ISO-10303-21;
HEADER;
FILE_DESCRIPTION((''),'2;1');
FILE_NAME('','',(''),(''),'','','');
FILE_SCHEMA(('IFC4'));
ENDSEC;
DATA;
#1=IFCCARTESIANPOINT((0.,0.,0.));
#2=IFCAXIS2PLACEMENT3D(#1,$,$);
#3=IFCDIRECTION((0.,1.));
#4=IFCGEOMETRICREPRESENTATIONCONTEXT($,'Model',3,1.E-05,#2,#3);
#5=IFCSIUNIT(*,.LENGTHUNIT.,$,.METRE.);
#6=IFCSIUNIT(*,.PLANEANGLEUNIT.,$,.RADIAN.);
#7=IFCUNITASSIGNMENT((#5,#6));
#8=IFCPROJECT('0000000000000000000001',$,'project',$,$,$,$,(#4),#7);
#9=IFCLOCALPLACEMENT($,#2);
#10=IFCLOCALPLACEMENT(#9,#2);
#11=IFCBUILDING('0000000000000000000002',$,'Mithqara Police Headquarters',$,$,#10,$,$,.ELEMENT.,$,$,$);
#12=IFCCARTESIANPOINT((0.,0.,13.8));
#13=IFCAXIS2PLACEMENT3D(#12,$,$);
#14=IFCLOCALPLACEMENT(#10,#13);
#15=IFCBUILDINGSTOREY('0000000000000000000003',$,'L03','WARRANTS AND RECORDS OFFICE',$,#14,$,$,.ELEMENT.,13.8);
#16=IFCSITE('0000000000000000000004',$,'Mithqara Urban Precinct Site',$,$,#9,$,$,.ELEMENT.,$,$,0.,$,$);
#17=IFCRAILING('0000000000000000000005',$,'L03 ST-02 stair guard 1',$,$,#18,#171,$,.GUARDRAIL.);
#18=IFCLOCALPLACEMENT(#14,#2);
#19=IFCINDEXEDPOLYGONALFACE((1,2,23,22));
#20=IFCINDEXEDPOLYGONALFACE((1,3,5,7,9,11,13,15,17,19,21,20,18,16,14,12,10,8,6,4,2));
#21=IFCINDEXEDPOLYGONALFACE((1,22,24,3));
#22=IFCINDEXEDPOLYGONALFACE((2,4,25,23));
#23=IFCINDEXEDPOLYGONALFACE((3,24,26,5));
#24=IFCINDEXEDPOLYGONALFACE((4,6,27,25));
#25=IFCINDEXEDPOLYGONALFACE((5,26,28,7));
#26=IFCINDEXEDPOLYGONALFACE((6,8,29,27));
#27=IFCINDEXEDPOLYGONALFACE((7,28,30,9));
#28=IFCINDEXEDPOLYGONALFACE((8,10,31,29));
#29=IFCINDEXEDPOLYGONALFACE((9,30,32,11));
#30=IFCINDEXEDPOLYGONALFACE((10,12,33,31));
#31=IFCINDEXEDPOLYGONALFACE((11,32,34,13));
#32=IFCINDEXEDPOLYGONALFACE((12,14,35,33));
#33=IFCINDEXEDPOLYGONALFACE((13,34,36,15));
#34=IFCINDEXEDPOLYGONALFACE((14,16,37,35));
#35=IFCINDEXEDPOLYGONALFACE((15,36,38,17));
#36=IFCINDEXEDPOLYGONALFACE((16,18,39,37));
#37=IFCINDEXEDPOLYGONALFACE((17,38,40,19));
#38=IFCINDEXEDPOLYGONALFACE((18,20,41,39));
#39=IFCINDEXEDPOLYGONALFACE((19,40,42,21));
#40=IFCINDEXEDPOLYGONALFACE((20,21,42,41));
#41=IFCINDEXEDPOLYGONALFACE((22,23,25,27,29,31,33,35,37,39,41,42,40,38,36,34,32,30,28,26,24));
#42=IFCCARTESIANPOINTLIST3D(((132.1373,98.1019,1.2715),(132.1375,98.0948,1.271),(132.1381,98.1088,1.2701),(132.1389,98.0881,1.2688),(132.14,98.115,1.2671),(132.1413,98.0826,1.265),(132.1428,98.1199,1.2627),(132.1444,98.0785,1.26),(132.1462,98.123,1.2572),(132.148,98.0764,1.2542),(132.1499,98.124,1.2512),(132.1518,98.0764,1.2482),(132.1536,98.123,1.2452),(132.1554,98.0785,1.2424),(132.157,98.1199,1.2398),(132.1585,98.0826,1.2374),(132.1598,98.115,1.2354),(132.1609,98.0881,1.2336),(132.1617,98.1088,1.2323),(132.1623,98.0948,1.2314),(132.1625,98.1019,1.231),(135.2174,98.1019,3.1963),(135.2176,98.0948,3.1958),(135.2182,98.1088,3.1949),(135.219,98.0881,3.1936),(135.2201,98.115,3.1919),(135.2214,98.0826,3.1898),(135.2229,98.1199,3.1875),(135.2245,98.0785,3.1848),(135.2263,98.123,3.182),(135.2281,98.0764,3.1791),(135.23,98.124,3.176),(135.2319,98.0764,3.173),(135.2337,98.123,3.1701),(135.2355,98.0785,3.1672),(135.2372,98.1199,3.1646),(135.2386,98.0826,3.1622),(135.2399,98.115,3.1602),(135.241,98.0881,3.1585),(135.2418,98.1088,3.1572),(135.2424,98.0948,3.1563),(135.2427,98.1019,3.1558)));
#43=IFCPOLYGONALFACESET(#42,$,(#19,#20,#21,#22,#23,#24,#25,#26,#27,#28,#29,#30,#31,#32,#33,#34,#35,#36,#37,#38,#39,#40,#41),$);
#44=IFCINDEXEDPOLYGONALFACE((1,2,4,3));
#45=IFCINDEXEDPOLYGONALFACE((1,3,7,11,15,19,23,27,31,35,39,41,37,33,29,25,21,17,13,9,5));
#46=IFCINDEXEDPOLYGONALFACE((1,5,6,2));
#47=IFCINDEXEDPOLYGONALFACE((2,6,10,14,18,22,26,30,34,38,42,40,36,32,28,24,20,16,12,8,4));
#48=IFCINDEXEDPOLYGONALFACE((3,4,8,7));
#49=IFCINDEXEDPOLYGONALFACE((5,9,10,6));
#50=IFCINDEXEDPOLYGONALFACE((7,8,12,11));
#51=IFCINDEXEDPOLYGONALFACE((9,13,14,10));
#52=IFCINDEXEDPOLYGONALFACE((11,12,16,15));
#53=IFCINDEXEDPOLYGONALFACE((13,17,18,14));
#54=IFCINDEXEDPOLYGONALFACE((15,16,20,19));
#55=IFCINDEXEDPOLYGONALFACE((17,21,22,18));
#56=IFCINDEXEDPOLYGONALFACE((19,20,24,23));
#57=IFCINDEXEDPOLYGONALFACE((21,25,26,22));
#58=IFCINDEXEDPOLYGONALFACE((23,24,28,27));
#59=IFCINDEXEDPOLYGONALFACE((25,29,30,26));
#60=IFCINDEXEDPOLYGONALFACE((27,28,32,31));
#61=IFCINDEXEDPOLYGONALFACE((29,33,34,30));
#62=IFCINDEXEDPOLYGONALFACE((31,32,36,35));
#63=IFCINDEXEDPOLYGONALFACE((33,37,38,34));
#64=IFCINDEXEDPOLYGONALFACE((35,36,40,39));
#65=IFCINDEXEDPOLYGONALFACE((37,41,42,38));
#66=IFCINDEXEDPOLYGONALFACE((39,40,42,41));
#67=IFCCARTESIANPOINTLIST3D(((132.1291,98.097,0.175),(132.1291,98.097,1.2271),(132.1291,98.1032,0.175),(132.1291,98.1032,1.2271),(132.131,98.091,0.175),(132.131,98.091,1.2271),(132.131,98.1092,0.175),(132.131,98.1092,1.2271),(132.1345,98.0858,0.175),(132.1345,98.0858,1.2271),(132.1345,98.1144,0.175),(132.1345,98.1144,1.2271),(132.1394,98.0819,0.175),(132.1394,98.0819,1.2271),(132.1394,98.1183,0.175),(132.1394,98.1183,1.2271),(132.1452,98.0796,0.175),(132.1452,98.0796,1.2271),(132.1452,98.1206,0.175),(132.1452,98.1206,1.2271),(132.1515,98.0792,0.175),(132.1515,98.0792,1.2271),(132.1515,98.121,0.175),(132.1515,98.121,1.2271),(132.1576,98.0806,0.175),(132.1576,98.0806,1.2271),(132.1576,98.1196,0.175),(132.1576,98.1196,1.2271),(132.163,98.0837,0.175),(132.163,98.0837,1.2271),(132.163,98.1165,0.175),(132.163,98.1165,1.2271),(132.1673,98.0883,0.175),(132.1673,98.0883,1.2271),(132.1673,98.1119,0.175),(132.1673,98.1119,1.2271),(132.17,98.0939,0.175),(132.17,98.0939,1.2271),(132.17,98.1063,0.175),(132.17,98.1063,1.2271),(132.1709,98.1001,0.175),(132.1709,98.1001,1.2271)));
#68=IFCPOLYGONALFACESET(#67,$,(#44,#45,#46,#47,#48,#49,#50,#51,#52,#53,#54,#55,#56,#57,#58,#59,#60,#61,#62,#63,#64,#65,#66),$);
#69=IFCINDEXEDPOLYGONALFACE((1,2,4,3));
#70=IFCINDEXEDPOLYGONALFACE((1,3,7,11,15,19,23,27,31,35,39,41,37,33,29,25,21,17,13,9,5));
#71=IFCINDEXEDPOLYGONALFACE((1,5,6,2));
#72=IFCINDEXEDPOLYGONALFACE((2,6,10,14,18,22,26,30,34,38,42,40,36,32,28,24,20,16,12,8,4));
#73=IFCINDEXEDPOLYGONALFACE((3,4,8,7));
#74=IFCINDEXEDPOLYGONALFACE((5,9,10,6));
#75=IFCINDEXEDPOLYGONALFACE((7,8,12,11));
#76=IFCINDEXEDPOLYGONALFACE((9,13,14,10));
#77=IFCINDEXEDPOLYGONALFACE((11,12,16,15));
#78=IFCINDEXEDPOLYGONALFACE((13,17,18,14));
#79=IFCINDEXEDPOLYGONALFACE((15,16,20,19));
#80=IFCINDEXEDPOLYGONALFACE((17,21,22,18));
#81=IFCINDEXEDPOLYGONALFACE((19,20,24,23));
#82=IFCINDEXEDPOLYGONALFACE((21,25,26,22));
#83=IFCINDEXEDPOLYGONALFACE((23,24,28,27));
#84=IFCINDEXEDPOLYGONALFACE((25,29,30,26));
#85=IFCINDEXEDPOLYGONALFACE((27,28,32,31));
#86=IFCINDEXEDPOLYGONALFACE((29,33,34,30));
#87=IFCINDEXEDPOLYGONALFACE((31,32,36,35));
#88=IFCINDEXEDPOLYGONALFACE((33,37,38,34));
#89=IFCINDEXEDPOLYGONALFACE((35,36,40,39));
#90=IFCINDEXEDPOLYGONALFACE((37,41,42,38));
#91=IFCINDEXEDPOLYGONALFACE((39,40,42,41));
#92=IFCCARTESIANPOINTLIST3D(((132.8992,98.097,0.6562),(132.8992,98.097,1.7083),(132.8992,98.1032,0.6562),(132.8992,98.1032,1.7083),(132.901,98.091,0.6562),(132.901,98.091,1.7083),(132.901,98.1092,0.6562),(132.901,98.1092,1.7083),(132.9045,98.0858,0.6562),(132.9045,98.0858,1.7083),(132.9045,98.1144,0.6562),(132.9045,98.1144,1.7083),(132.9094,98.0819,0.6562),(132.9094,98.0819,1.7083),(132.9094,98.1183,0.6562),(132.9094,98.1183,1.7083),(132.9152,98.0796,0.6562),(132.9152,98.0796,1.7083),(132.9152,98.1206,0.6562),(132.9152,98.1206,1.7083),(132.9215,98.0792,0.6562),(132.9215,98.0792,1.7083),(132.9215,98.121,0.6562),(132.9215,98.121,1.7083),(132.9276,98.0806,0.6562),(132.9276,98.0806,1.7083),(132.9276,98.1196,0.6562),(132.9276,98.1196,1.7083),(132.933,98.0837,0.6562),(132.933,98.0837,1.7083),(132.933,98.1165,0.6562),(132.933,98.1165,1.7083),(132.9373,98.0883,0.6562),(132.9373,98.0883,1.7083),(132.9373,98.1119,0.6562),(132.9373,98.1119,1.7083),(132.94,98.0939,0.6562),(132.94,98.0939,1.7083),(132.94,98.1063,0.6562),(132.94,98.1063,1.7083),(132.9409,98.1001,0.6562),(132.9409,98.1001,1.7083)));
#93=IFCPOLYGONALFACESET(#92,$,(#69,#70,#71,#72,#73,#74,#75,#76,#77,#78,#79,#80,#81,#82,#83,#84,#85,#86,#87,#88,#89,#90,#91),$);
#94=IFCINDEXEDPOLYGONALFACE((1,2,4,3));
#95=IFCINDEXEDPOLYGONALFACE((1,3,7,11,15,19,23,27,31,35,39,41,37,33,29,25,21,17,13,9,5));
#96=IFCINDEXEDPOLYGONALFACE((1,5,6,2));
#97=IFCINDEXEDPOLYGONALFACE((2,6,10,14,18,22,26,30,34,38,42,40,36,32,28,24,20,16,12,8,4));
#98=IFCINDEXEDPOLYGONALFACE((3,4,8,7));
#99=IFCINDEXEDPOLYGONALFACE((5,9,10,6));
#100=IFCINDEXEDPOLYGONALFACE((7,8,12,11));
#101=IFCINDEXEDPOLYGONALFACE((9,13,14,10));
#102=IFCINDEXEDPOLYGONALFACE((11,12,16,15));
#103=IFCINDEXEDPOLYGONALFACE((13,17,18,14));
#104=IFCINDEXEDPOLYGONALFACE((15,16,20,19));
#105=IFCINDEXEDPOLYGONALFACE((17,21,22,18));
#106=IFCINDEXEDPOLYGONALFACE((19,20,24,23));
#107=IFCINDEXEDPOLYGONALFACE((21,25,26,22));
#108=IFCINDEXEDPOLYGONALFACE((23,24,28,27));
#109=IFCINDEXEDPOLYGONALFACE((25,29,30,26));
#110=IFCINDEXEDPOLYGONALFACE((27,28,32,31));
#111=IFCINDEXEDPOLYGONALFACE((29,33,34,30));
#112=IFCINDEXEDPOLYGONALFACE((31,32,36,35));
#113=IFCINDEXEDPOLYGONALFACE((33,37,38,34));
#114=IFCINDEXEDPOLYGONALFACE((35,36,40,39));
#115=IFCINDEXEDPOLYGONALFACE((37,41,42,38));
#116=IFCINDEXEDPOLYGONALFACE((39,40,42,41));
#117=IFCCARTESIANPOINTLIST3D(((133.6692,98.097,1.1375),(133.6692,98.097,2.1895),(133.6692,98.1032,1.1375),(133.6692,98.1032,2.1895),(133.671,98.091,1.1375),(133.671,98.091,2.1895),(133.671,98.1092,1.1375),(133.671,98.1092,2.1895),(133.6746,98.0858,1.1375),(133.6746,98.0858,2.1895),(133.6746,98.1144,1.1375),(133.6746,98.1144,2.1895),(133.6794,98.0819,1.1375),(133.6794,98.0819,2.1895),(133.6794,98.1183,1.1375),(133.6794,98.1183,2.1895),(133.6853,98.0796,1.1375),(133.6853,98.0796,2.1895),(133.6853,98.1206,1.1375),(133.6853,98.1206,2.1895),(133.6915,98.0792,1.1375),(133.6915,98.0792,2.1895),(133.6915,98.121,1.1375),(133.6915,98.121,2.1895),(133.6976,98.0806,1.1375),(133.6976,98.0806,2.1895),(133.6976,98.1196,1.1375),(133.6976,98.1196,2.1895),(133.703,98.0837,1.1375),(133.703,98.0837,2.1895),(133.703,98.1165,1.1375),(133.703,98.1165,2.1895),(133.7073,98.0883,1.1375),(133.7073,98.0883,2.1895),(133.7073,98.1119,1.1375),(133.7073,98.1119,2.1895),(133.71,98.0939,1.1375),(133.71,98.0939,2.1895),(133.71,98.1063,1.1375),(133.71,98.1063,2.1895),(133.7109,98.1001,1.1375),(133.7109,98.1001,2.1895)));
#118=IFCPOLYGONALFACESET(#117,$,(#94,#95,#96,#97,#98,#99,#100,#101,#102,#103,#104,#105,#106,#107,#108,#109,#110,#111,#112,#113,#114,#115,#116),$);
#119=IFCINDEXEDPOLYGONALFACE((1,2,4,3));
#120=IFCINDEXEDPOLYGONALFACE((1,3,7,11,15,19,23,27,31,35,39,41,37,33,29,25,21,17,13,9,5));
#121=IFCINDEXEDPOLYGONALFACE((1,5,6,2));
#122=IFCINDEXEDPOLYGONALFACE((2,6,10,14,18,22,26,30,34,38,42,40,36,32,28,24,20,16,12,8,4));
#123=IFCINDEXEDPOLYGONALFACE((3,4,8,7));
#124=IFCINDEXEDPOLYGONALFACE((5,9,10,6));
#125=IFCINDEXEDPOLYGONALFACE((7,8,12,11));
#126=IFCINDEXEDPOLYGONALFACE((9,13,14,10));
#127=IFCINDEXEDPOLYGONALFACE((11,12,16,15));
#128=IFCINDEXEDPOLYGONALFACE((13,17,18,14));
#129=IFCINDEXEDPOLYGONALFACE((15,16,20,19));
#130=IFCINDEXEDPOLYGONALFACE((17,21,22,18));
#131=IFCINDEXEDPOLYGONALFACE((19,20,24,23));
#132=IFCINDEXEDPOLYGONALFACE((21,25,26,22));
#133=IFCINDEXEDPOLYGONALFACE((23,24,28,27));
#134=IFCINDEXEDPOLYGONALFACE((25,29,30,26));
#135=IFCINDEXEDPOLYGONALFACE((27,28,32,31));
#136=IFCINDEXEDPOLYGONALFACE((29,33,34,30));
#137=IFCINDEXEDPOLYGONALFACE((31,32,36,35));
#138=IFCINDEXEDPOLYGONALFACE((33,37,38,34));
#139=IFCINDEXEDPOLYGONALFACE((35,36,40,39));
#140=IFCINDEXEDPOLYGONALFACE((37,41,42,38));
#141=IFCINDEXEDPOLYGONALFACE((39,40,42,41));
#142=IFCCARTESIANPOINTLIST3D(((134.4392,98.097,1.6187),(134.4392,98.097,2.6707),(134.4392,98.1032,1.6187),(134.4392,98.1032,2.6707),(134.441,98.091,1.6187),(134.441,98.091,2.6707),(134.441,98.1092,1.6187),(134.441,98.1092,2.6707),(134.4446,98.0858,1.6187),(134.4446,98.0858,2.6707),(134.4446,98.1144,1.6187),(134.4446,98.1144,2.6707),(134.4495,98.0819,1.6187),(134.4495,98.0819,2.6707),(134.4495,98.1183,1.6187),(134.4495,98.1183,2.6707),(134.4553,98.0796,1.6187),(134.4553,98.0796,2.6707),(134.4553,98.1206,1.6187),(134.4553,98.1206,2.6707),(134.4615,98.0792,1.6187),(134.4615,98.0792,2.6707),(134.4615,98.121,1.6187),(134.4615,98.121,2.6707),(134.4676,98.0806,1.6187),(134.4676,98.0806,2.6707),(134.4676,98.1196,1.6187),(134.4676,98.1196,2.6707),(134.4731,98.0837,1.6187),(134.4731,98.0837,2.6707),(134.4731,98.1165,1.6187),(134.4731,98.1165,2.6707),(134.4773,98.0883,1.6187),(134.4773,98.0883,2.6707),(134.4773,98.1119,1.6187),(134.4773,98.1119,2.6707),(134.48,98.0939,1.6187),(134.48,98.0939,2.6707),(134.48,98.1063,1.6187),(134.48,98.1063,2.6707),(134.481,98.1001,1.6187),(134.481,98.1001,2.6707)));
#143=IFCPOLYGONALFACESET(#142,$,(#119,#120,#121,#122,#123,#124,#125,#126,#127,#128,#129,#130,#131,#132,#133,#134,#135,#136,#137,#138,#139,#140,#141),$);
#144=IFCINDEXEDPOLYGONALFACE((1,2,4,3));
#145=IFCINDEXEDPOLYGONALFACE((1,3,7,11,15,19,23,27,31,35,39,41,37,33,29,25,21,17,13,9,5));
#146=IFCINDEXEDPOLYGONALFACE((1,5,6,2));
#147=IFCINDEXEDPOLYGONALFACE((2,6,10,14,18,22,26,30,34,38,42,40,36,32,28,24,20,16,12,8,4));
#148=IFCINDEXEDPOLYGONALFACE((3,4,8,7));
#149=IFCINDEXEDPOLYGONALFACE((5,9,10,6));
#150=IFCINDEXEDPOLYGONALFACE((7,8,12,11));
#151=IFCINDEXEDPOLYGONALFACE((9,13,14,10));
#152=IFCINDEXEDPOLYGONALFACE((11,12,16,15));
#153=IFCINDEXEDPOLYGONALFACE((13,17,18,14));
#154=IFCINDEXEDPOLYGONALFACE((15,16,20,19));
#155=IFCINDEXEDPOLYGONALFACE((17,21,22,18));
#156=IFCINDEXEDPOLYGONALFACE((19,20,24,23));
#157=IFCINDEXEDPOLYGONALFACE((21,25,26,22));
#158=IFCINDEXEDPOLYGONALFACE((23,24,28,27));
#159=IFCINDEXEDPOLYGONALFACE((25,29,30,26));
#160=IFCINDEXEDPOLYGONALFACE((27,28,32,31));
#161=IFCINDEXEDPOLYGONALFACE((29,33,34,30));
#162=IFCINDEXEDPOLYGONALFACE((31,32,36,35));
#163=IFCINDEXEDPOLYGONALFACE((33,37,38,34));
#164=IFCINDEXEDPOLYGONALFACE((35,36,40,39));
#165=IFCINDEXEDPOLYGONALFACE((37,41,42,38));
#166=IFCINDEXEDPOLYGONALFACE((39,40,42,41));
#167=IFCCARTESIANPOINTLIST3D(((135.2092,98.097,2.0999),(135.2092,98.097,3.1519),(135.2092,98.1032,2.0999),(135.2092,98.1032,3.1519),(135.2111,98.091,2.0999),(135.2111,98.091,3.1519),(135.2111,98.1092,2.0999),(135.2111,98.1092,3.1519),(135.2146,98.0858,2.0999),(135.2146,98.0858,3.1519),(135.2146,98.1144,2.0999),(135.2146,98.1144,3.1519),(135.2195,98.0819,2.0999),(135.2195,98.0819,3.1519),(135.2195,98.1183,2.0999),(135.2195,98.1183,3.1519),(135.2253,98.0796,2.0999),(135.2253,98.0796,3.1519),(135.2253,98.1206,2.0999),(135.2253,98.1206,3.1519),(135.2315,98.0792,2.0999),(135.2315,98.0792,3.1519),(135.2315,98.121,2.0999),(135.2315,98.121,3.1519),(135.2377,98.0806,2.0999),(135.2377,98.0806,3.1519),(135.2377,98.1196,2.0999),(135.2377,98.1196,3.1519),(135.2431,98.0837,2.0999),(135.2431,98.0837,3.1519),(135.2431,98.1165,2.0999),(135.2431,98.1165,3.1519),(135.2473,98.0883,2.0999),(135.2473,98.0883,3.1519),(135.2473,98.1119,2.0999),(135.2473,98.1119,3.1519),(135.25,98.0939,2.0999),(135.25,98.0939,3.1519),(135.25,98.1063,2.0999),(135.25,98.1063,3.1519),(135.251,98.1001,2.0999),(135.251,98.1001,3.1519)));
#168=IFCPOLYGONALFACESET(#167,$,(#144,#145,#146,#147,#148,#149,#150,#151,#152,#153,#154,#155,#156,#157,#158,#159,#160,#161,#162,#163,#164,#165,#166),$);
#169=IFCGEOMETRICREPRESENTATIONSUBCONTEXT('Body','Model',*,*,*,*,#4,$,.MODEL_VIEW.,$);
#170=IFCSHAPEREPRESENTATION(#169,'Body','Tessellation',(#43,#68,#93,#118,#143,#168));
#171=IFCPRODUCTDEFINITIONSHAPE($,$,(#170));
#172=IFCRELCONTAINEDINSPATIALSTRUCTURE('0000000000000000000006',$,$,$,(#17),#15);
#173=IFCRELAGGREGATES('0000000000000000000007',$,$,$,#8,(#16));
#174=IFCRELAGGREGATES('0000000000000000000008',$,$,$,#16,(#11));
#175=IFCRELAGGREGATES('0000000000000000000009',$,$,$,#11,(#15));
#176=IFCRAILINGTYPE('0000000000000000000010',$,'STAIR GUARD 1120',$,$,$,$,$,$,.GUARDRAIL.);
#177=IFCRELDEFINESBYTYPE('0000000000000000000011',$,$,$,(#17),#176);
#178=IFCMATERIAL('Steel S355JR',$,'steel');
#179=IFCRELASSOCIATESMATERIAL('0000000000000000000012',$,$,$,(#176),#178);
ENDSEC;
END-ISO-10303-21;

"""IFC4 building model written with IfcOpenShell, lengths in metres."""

from ifc_helpers import new_model, si_unit, direction, frame, origin, origin_2d, place, context, subcontext, project, spatial, circle, extrude, material, type_object, element, save


model = new_model("IFC4")

# Units and contexts
model_context = context("Model", 3, precision=1e-05, world=origin(), true_north=direction((0.0, 1.0)))
body_context = subcontext(model_context, "Body", "Model", "MODEL_VIEW")
ifc_project = project(units=[si_unit("LENGTHUNIT", "METRE"), si_unit("PLANEANGLEUNIT", "RADIAN")], contexts=[model_context])

# Site, building, storey
site_placement = place(None, origin())
site = spatial("IfcSite", under=ifc_project, at=site_placement, Name="Mithqara Urban Precinct Site", CompositionType="ELEMENT", RefElevation=0.0)
building_placement = place(site_placement, origin())
building = spatial("IfcBuilding", under=site, at=building_placement, Name="Mithqara Police Headquarters", CompositionType="ELEMENT")
storey_placement = place(building_placement, frame((0.0, 0.0, 13.8)))
storey = spatial("IfcBuildingStorey", under=building, at=storey_placement, Name="L03", Description="WARRANTS AND RECORDS OFFICE", CompositionType="ELEMENT", Elevation=13.8)

# Shared definitions
ifc_material_1 = material(Name="Steel S355JR", Category="steel")

# Railing
railing_type_1 = type_object("IfcRailingType", Name="STAIR GUARD 1120", PredefinedType="GUARDRAIL", material=ifc_material_1)
railing_1_placement = place(storey_placement, frame((132.1499, 98.1001, 0.175)))
element("IfcRailing", 1, at=railing_1_placement, inside=storey, type_object=railing_type_1, Name="L03 ST-02 stair guard 1", PredefinedType="GUARDRAIL", context=body_context, shape_type="SweptSolid", body=[
    extrude(circle(Radius=0.0239, at=origin_2d()), frame((0.0, 0.0, 1.0762), z_axis=(0.848029, 0.0, 0.529951), x_axis=(0.0, 1.0, 0.0)), (0.0, 0.0, 1.0), 3.6321),
    extrude(circle(Radius=0.021, at=origin_2d()), origin(), (0.0, 0.0, 1.0), 1.052),
    extrude(circle(Radius=0.021, at=origin_2d()), frame((0.77, 0.0, 0.4812)), (0.0, 0.0, 1.0), 1.052),
    extrude(circle(Radius=0.021, at=origin_2d()), frame((1.54, 0.0, 0.9624)), (0.0, 0.0, 1.0), 1.052),
    extrude(circle(Radius=0.021, at=origin_2d()), frame((2.3101, 0.0, 1.4436)), (0.0, 0.0, 1.0), 1.052),
    extrude(circle(Radius=0.021, at=origin_2d()), frame((3.0801, 0.0, 1.9248)), (0.0, 0.0, 1.0), 1.052),
])

save(model, "model.ifc")
